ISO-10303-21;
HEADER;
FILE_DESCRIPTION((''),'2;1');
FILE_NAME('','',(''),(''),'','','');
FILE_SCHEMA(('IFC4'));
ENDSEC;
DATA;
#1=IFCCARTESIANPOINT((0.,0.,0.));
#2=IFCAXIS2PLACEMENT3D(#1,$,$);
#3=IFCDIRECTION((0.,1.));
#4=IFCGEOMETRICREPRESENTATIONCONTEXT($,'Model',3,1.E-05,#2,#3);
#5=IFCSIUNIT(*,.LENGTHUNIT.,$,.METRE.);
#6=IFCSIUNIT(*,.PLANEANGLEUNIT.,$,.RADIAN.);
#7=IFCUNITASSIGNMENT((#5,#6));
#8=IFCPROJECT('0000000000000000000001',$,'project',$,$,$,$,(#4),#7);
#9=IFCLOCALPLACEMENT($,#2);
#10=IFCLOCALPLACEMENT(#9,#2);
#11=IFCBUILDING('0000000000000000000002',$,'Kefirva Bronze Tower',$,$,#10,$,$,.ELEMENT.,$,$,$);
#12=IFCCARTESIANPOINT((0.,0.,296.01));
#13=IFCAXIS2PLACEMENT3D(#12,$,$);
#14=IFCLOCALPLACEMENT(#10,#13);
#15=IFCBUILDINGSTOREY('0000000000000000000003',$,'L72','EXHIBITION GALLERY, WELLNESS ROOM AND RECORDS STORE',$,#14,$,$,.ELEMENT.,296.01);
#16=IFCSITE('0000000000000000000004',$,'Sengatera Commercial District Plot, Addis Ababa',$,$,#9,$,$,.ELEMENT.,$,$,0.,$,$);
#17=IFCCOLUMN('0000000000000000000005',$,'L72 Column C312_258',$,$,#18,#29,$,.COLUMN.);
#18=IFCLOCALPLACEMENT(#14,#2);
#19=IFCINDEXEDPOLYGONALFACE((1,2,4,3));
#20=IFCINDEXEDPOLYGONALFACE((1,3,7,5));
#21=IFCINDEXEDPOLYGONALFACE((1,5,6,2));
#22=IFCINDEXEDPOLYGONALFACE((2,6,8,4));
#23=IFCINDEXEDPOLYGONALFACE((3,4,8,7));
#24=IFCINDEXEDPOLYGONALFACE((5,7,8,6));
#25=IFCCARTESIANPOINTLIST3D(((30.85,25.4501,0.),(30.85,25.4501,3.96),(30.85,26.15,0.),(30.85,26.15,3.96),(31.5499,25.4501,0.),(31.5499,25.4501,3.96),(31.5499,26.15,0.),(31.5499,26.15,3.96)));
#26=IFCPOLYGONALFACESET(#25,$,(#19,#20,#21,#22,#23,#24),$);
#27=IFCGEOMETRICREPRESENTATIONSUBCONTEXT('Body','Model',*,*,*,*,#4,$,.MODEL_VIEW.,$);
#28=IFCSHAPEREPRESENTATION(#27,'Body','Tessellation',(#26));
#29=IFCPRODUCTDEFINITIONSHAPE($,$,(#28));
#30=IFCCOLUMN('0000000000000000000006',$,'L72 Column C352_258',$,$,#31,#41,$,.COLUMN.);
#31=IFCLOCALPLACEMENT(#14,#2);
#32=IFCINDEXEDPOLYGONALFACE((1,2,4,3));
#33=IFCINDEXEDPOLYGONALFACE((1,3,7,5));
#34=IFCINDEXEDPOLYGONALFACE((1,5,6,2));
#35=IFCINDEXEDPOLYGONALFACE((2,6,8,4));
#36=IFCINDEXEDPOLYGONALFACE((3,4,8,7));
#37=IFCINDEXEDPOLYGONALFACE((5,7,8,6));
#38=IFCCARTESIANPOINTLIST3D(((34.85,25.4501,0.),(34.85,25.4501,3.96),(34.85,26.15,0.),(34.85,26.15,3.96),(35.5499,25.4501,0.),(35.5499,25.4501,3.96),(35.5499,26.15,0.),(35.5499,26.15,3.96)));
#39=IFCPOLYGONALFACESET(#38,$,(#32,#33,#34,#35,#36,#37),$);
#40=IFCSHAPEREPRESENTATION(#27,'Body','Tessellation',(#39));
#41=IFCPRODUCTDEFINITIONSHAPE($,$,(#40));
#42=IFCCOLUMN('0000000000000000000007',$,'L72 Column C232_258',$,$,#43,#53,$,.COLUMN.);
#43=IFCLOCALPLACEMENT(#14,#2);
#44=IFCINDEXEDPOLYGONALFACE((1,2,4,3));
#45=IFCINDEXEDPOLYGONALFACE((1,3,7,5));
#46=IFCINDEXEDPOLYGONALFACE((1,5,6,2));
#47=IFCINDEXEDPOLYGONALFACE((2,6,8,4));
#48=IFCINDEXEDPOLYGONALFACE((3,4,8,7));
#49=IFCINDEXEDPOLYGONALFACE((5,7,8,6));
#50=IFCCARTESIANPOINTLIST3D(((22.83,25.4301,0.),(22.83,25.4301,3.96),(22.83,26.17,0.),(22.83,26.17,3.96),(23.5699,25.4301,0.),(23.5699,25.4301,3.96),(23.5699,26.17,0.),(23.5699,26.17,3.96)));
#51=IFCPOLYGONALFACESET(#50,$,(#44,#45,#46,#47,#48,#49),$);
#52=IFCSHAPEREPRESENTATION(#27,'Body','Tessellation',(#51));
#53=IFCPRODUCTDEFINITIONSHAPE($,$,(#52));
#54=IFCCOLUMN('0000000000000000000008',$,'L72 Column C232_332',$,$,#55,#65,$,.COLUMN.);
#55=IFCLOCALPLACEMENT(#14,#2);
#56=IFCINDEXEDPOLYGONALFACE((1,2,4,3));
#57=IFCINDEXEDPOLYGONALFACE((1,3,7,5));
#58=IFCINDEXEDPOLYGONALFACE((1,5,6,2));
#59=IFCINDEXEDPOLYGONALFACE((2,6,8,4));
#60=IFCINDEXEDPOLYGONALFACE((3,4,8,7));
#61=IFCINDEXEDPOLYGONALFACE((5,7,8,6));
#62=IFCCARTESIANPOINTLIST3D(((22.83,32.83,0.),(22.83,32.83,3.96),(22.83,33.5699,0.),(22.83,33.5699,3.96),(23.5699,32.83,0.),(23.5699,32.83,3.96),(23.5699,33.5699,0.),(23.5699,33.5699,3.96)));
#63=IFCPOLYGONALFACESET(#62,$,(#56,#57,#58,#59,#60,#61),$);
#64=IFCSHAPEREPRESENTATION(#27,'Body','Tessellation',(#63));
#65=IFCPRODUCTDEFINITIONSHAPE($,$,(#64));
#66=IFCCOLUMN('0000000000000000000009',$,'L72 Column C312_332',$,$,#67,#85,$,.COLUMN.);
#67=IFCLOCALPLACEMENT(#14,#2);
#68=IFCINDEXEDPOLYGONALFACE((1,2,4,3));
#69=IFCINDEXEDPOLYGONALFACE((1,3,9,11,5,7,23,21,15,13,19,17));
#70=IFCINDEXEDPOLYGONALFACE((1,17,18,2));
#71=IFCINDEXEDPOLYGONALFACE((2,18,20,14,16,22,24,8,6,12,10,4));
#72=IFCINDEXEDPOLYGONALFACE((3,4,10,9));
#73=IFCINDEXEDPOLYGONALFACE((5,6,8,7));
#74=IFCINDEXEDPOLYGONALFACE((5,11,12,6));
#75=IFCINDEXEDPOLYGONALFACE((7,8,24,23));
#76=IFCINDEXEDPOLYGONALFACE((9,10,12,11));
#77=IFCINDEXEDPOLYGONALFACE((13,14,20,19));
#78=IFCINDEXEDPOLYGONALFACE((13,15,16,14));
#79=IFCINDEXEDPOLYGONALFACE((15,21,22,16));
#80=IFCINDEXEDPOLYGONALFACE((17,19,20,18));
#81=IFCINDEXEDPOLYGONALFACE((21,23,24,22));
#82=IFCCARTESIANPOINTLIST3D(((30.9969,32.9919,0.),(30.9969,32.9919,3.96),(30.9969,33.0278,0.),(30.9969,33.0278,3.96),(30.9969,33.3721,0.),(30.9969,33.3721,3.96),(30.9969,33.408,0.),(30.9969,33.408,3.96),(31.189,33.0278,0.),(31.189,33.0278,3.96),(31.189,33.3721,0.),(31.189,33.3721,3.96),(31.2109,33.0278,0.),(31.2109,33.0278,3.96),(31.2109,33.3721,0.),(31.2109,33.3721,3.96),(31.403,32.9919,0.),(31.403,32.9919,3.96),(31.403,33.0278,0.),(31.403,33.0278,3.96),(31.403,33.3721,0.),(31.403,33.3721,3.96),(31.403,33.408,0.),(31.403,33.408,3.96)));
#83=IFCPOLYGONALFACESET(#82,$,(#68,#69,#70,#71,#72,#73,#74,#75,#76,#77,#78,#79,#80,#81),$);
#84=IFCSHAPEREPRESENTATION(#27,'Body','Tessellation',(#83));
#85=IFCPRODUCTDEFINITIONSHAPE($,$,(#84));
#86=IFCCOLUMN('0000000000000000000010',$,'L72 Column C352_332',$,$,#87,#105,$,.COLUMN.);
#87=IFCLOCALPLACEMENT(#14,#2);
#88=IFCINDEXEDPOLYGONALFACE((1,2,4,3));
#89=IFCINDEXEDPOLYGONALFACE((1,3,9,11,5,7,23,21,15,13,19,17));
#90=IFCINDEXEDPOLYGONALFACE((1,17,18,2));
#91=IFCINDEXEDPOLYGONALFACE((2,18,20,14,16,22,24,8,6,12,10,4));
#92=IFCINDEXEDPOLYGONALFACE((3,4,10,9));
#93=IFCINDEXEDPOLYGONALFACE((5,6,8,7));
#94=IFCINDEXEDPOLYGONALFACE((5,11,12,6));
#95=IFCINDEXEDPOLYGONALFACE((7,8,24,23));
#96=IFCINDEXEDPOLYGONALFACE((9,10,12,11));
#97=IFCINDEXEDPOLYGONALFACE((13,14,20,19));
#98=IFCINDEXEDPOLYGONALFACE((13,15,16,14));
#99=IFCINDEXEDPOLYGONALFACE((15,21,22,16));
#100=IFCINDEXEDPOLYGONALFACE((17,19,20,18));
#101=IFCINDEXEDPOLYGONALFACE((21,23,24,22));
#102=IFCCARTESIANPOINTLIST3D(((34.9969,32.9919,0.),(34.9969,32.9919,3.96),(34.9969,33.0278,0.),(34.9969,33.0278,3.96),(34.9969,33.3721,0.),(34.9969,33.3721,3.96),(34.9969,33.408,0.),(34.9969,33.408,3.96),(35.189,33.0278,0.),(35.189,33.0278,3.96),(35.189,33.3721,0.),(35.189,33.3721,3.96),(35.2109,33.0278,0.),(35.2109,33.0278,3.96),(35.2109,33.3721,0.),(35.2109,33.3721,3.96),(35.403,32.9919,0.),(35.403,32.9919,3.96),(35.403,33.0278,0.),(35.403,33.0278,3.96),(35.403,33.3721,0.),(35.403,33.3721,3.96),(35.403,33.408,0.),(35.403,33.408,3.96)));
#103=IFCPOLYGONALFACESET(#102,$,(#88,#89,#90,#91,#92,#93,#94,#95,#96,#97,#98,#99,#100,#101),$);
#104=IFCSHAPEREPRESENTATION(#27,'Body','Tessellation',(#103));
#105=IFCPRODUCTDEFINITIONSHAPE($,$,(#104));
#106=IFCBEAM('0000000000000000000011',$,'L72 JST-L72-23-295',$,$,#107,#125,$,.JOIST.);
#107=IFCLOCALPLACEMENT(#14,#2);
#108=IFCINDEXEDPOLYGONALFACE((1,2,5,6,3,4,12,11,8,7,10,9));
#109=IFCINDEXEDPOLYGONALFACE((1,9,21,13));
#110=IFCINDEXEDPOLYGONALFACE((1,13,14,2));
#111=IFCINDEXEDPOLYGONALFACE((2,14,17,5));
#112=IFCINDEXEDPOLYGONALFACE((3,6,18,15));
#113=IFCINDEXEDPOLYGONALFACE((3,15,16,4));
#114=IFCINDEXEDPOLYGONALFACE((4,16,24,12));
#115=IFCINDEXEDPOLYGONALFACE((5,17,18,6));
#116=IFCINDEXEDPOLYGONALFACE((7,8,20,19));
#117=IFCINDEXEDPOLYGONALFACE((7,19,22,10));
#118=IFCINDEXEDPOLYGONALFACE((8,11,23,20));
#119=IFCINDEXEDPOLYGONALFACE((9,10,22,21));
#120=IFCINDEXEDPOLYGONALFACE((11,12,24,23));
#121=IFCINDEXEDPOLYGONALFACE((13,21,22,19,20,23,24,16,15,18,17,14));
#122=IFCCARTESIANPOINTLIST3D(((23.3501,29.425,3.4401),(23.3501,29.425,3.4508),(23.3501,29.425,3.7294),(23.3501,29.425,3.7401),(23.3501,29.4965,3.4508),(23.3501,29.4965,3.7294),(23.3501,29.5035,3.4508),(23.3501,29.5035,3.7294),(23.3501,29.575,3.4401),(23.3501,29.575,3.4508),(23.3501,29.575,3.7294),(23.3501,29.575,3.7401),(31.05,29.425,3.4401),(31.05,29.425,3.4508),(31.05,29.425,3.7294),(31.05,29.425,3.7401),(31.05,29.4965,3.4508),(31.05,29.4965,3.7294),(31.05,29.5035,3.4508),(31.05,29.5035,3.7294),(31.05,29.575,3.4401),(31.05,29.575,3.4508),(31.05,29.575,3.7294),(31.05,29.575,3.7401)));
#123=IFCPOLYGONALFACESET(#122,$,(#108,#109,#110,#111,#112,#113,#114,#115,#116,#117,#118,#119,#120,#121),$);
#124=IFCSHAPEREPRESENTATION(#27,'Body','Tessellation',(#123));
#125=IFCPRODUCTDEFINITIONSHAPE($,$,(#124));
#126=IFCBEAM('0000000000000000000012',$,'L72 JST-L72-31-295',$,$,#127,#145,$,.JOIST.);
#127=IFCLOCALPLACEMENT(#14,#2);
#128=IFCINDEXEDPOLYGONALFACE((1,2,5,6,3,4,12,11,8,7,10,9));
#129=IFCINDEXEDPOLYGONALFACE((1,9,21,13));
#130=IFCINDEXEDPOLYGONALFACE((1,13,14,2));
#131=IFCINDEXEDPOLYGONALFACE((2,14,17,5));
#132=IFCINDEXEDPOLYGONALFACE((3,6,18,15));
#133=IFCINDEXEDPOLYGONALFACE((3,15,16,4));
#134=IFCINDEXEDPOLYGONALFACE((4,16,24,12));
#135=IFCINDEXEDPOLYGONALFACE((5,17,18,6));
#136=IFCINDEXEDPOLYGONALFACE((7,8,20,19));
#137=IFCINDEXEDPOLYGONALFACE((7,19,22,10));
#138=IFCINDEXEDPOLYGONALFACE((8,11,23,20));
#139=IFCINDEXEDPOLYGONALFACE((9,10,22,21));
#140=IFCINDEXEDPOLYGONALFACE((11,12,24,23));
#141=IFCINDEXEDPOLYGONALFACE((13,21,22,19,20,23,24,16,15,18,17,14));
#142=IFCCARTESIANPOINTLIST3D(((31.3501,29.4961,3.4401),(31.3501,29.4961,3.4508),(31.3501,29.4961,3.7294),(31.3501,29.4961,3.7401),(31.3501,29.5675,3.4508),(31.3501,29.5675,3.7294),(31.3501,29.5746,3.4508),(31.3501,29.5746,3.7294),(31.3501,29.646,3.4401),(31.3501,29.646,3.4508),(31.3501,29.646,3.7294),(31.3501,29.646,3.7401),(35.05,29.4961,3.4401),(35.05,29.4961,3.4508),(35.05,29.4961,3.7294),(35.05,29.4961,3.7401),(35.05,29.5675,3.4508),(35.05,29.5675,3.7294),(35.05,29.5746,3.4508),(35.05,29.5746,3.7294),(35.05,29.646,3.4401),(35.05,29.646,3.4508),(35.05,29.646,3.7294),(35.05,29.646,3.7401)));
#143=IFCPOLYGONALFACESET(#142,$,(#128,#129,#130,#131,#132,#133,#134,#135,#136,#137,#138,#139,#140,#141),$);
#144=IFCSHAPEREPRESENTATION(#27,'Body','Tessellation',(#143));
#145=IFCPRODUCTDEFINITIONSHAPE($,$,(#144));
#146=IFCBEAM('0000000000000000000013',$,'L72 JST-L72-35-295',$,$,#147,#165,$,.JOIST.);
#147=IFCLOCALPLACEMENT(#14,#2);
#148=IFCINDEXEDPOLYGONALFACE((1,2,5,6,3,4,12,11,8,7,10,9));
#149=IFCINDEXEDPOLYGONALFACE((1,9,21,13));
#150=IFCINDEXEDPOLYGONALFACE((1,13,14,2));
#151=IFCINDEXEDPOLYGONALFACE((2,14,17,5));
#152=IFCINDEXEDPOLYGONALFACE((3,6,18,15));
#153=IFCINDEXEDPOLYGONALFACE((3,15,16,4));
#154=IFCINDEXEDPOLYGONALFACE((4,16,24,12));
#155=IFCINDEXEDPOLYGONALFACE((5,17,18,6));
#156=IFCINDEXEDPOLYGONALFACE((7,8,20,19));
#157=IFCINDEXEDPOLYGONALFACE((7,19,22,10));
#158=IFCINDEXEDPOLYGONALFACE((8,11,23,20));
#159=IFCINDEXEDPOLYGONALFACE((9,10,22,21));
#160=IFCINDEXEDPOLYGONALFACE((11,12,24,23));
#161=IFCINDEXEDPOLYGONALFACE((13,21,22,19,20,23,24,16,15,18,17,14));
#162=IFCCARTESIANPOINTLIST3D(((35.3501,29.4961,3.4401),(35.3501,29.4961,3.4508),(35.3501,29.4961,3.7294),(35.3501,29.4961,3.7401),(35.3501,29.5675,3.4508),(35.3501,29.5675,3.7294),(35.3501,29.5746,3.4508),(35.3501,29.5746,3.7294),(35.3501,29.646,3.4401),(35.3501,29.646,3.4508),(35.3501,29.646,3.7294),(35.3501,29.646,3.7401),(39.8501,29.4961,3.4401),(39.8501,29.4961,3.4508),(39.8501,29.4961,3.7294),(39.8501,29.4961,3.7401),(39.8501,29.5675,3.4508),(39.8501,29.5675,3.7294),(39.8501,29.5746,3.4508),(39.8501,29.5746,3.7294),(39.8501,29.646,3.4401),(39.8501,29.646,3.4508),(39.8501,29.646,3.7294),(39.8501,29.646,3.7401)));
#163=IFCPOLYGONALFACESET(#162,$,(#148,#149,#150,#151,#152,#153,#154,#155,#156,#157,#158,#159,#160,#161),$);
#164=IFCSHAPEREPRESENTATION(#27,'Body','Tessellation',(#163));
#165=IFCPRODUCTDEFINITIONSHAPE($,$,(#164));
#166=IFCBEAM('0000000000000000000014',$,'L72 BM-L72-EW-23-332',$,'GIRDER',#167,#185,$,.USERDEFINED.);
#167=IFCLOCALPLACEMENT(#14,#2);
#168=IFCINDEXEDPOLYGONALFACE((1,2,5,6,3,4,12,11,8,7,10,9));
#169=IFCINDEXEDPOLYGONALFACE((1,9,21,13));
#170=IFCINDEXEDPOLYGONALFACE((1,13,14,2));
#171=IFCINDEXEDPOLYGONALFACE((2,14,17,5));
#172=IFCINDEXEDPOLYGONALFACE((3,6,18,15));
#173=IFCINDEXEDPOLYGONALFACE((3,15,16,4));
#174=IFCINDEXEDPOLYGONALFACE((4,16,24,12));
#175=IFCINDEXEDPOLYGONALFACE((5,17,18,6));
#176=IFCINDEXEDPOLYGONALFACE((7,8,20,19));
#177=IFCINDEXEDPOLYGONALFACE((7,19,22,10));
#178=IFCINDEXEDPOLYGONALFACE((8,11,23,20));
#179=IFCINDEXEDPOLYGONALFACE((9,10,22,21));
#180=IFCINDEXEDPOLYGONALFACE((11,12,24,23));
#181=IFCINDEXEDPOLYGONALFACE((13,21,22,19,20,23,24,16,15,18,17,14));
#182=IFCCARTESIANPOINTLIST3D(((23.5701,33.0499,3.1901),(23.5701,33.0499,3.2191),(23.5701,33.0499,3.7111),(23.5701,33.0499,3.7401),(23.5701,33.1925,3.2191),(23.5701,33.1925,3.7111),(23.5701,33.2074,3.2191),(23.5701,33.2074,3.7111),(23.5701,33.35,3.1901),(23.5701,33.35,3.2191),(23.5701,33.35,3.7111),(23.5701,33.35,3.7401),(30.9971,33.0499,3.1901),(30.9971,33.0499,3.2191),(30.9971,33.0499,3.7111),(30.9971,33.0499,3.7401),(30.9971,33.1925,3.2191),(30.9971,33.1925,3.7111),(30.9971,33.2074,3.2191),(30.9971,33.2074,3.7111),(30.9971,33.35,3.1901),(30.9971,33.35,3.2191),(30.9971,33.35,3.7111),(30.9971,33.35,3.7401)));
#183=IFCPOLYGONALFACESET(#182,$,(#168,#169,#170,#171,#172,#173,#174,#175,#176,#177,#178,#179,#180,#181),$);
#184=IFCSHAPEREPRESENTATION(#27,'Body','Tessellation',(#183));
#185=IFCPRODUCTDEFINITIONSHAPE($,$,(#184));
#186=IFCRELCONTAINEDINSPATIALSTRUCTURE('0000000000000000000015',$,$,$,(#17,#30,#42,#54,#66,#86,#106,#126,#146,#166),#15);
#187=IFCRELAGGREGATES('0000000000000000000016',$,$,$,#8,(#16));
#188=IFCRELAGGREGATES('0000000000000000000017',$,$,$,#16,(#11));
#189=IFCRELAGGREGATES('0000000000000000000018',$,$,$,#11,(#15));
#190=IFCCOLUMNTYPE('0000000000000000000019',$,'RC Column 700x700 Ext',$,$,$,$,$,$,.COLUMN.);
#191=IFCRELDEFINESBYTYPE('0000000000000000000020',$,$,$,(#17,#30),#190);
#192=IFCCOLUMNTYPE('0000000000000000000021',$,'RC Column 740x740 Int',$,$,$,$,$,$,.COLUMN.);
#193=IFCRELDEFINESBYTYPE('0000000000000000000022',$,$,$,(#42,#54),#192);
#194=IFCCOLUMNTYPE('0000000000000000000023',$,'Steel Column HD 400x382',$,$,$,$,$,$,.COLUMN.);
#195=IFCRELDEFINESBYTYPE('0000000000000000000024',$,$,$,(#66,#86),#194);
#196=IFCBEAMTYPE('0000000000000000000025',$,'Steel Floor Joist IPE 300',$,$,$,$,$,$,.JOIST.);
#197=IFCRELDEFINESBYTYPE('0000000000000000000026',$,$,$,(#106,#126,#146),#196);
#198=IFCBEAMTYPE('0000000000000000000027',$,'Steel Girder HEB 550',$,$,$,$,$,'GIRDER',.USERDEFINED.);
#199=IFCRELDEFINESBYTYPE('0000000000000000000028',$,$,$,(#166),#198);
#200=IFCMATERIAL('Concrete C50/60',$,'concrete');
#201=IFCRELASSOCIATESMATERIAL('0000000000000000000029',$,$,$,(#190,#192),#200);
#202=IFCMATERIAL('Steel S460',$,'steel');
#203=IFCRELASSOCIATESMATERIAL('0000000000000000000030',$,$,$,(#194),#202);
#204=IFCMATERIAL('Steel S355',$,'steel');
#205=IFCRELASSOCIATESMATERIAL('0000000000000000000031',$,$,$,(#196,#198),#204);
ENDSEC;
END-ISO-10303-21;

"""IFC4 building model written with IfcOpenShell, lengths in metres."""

from ifc_helpers import new_model, si_unit, direction, frame, origin, origin_2d, place, context, subcontext, project, spatial, rectangle, i_section, extrude, material, material_profile, profile_set, type_object, element, save


model = new_model("IFC4")

# Units and contexts
model_context = context("Model", 3, precision=1e-05, world=origin(), true_north=direction((0.0, 1.0)))
body_context = subcontext(model_context, "Body", "Model", "MODEL_VIEW")
ifc_project = project(units=[si_unit("LENGTHUNIT", "METRE"), si_unit("PLANEANGLEUNIT", "RADIAN")], contexts=[model_context])

# Site, building, storey
site_placement = place(None, origin())
site = spatial("IfcSite", under=ifc_project, at=site_placement, Name="Sengatera Commercial District Plot, Addis Ababa", CompositionType="ELEMENT", RefElevation=0.0)
building_placement = place(site_placement, origin())
building = spatial("IfcBuilding", under=site, at=building_placement, Name="Kefirva Bronze Tower", CompositionType="ELEMENT")
storey_placement = place(building_placement, frame((0.0, 0.0, 296.01)))
storey = spatial("IfcBuildingStorey", under=building, at=storey_placement, Name="L72", Description="EXHIBITION GALLERY, WELLNESS ROOM AND RECORDS STORE", CompositionType="ELEMENT", Elevation=296.01)

# Columns
ifc_material_1 = material(Name="Concrete C50/60", Category="concrete")
ifc_material_profile_1 = material_profile(ifc_material_1, rectangle(XDim=0.7, YDim=0.7, at=origin_2d()), Name="RC 700x700")
ifc_profile_set_1 = profile_set([ifc_material_profile_1], Name="Concrete C50/60")
column_type_1 = type_object("IfcColumnType", Name="RC Column 700x700 Ext", PredefinedType="COLUMN", material=ifc_profile_set_1)
for number, where, z_axis, x_axis, name in (
    (1, (31.2, 25.8, 0.0), (0.0, 0.0, 1.0), (1.0, 0.0, 0.0), "L72 Column C312_258"),
    (2, (35.2, 25.8, 0.0), (0.0, 0.0, 1.0), (1.0, 0.0, 0.0), "L72 Column C352_258"),
):
    element("IfcColumn", number, at=place(storey_placement, frame(where, z_axis=z_axis, x_axis=x_axis)), inside=storey, type_object=column_type_1, Name=name, PredefinedType="COLUMN", context=body_context, shape_type="SweptSolid", body=[
        extrude(rectangle(XDim=0.7, YDim=0.7, at=origin_2d()), origin(), (0.0, 0.0, 1.0), 3.96),
    ])
ifc_material_profile_2 = material_profile(ifc_material_1, rectangle(XDim=0.74, YDim=0.74, at=origin_2d()), Name="RC 740x740")
ifc_profile_set_2 = profile_set([ifc_material_profile_2], Name="Concrete C50/60")
column_type_2 = type_object("IfcColumnType", Name="RC Column 740x740 Int", PredefinedType="COLUMN", material=ifc_profile_set_2)
for number, where, z_axis, x_axis, name in (
    (3, (23.2, 25.8, 0.0), (0.0, 0.0, 1.0), (1.0, 0.0, 0.0), "L72 Column C232_258"),
    (4, (23.2, 33.2, 0.0), (0.0, 0.0, 1.0), (1.0, 0.0, 0.0), "L72 Column C232_332"),
):
    element("IfcColumn", number, at=place(storey_placement, frame(where, z_axis=z_axis, x_axis=x_axis)), inside=storey, type_object=column_type_2, Name=name, PredefinedType="COLUMN", context=body_context, shape_type="SweptSolid", body=[
        extrude(rectangle(XDim=0.74, YDim=0.74, at=origin_2d()), origin(), (0.0, 0.0, 1.0), 3.96),
    ])
ifc_material_2 = material(Name="Steel S460", Category="steel")
ifc_material_profile_3 = material_profile(ifc_material_2, i_section(OverallWidth=0.406, OverallDepth=0.416, WebThickness=0.022, FlangeThickness=0.0359, at=origin_2d()), Name="HD 400x382")
ifc_profile_set_3 = profile_set([ifc_material_profile_3], Name="Steel S460")
column_type_3 = type_object("IfcColumnType", Name="Steel Column HD 400x382", PredefinedType="COLUMN", material=ifc_profile_set_3)
for number, where, z_axis, x_axis, name in (
    (5, (31.2, 33.2, 0.0), (0.0, 0.0, 1.0), (1.0, 0.0, 0.0), "L72 Column C312_332"),
    (6, (35.2, 33.2, 0.0), (0.0, 0.0, 1.0), (1.0, 0.0, 0.0), "L72 Column C352_332"),
):
    element("IfcColumn", number, at=place(storey_placement, frame(where, z_axis=z_axis, x_axis=x_axis)), inside=storey, type_object=column_type_3, Name=name, PredefinedType="COLUMN", context=body_context, shape_type="SweptSolid", body=[
        extrude(i_section(OverallWidth=0.406, OverallDepth=0.416, WebThickness=0.022, FlangeThickness=0.0359, at=origin_2d()), origin(), (0.0, 0.0, 1.0), 3.96),
    ])

# Beams
ifc_material_3 = material(Name="Steel S355", Category="steel")
ifc_material_profile_4 = material_profile(ifc_material_3, i_section(OverallWidth=0.1499, OverallDepth=0.3, WebThickness=0.0071, FlangeThickness=0.0107, at=origin_2d()), Name="IPE 300")
ifc_profile_set_4 = profile_set([ifc_material_profile_4], Name="Steel S355")
beam_type_1 = type_object("IfcBeamType", Name="Steel Floor Joist IPE 300", PredefinedType="JOIST", material=ifc_profile_set_4)
beam_1_placement = place(storey_placement, frame((23.3501, 29.5, 3.5901), z_axis=(1.0, 0.0, 0.0), x_axis=(0.0, 1.0, 0.0)))
element("IfcBeam", 7, at=beam_1_placement, inside=storey, type_object=beam_type_1, Name="L72 JST-L72-23-295", PredefinedType="JOIST", context=body_context, shape_type="SweptSolid", body=[
    extrude(i_section(OverallWidth=0.1499, OverallDepth=0.3, WebThickness=0.0071, FlangeThickness=0.0107, at=origin_2d()), origin(), (0.0, 0.0, 1.0), 7.7),
])
beam_2_placement = place(storey_placement, frame((31.3501, 29.571, 3.5901), z_axis=(1.0, 0.0, 0.0), x_axis=(0.0, 1.0, 0.0)))
element("IfcBeam", 8, at=beam_2_placement, inside=storey, type_object=beam_type_1, Name="L72 JST-L72-31-295", PredefinedType="JOIST", context=body_context, shape_type="SweptSolid", body=[
    extrude(i_section(OverallWidth=0.1499, OverallDepth=0.3, WebThickness=0.0071, FlangeThickness=0.0107, at=origin_2d()), origin(), (0.0, 0.0, 1.0), 3.7),
])
beam_3_placement = place(storey_placement, frame((35.3501, 29.571, 3.5901), z_axis=(1.0, 0.0, 0.0), x_axis=(0.0, 1.0, 0.0)))
element("IfcBeam", 9, at=beam_3_placement, inside=storey, type_object=beam_type_1, Name="L72 JST-L72-35-295", PredefinedType="JOIST", context=body_context, shape_type="SweptSolid", body=[
    extrude(i_section(OverallWidth=0.1499, OverallDepth=0.3, WebThickness=0.0071, FlangeThickness=0.0107, at=origin_2d()), origin(), (0.0, 0.0, 1.0), 4.5),
])
ifc_material_profile_5 = material_profile(ifc_material_3, i_section(OverallWidth=0.3, OverallDepth=0.55, WebThickness=0.0149, FlangeThickness=0.0291, at=origin_2d()), Name="HEB 550")
ifc_profile_set_5 = profile_set([ifc_material_profile_5], Name="Steel S355")
beam_type_2 = type_object("IfcBeamType", Name="Steel Girder HEB 550", ElementType="GIRDER", PredefinedType="USERDEFINED", material=ifc_profile_set_5)
beam_4_placement = place(storey_placement, frame((23.5701, 33.2, 3.4651), z_axis=(1.0, 0.0, 0.0), x_axis=(0.0, 1.0, 0.0)))
element("IfcBeam", 10, at=beam_4_placement, inside=storey, type_object=beam_type_2, Name="L72 BM-L72-EW-23-332", ObjectType="GIRDER", PredefinedType="USERDEFINED", context=body_context, shape_type="SweptSolid", body=[
    extrude(i_section(OverallWidth=0.3, OverallDepth=0.55, WebThickness=0.0149, FlangeThickness=0.0291, at=origin_2d()), origin(), (0.0, 0.0, 1.0), 7.427),
])

save(model, "model.ifc")
